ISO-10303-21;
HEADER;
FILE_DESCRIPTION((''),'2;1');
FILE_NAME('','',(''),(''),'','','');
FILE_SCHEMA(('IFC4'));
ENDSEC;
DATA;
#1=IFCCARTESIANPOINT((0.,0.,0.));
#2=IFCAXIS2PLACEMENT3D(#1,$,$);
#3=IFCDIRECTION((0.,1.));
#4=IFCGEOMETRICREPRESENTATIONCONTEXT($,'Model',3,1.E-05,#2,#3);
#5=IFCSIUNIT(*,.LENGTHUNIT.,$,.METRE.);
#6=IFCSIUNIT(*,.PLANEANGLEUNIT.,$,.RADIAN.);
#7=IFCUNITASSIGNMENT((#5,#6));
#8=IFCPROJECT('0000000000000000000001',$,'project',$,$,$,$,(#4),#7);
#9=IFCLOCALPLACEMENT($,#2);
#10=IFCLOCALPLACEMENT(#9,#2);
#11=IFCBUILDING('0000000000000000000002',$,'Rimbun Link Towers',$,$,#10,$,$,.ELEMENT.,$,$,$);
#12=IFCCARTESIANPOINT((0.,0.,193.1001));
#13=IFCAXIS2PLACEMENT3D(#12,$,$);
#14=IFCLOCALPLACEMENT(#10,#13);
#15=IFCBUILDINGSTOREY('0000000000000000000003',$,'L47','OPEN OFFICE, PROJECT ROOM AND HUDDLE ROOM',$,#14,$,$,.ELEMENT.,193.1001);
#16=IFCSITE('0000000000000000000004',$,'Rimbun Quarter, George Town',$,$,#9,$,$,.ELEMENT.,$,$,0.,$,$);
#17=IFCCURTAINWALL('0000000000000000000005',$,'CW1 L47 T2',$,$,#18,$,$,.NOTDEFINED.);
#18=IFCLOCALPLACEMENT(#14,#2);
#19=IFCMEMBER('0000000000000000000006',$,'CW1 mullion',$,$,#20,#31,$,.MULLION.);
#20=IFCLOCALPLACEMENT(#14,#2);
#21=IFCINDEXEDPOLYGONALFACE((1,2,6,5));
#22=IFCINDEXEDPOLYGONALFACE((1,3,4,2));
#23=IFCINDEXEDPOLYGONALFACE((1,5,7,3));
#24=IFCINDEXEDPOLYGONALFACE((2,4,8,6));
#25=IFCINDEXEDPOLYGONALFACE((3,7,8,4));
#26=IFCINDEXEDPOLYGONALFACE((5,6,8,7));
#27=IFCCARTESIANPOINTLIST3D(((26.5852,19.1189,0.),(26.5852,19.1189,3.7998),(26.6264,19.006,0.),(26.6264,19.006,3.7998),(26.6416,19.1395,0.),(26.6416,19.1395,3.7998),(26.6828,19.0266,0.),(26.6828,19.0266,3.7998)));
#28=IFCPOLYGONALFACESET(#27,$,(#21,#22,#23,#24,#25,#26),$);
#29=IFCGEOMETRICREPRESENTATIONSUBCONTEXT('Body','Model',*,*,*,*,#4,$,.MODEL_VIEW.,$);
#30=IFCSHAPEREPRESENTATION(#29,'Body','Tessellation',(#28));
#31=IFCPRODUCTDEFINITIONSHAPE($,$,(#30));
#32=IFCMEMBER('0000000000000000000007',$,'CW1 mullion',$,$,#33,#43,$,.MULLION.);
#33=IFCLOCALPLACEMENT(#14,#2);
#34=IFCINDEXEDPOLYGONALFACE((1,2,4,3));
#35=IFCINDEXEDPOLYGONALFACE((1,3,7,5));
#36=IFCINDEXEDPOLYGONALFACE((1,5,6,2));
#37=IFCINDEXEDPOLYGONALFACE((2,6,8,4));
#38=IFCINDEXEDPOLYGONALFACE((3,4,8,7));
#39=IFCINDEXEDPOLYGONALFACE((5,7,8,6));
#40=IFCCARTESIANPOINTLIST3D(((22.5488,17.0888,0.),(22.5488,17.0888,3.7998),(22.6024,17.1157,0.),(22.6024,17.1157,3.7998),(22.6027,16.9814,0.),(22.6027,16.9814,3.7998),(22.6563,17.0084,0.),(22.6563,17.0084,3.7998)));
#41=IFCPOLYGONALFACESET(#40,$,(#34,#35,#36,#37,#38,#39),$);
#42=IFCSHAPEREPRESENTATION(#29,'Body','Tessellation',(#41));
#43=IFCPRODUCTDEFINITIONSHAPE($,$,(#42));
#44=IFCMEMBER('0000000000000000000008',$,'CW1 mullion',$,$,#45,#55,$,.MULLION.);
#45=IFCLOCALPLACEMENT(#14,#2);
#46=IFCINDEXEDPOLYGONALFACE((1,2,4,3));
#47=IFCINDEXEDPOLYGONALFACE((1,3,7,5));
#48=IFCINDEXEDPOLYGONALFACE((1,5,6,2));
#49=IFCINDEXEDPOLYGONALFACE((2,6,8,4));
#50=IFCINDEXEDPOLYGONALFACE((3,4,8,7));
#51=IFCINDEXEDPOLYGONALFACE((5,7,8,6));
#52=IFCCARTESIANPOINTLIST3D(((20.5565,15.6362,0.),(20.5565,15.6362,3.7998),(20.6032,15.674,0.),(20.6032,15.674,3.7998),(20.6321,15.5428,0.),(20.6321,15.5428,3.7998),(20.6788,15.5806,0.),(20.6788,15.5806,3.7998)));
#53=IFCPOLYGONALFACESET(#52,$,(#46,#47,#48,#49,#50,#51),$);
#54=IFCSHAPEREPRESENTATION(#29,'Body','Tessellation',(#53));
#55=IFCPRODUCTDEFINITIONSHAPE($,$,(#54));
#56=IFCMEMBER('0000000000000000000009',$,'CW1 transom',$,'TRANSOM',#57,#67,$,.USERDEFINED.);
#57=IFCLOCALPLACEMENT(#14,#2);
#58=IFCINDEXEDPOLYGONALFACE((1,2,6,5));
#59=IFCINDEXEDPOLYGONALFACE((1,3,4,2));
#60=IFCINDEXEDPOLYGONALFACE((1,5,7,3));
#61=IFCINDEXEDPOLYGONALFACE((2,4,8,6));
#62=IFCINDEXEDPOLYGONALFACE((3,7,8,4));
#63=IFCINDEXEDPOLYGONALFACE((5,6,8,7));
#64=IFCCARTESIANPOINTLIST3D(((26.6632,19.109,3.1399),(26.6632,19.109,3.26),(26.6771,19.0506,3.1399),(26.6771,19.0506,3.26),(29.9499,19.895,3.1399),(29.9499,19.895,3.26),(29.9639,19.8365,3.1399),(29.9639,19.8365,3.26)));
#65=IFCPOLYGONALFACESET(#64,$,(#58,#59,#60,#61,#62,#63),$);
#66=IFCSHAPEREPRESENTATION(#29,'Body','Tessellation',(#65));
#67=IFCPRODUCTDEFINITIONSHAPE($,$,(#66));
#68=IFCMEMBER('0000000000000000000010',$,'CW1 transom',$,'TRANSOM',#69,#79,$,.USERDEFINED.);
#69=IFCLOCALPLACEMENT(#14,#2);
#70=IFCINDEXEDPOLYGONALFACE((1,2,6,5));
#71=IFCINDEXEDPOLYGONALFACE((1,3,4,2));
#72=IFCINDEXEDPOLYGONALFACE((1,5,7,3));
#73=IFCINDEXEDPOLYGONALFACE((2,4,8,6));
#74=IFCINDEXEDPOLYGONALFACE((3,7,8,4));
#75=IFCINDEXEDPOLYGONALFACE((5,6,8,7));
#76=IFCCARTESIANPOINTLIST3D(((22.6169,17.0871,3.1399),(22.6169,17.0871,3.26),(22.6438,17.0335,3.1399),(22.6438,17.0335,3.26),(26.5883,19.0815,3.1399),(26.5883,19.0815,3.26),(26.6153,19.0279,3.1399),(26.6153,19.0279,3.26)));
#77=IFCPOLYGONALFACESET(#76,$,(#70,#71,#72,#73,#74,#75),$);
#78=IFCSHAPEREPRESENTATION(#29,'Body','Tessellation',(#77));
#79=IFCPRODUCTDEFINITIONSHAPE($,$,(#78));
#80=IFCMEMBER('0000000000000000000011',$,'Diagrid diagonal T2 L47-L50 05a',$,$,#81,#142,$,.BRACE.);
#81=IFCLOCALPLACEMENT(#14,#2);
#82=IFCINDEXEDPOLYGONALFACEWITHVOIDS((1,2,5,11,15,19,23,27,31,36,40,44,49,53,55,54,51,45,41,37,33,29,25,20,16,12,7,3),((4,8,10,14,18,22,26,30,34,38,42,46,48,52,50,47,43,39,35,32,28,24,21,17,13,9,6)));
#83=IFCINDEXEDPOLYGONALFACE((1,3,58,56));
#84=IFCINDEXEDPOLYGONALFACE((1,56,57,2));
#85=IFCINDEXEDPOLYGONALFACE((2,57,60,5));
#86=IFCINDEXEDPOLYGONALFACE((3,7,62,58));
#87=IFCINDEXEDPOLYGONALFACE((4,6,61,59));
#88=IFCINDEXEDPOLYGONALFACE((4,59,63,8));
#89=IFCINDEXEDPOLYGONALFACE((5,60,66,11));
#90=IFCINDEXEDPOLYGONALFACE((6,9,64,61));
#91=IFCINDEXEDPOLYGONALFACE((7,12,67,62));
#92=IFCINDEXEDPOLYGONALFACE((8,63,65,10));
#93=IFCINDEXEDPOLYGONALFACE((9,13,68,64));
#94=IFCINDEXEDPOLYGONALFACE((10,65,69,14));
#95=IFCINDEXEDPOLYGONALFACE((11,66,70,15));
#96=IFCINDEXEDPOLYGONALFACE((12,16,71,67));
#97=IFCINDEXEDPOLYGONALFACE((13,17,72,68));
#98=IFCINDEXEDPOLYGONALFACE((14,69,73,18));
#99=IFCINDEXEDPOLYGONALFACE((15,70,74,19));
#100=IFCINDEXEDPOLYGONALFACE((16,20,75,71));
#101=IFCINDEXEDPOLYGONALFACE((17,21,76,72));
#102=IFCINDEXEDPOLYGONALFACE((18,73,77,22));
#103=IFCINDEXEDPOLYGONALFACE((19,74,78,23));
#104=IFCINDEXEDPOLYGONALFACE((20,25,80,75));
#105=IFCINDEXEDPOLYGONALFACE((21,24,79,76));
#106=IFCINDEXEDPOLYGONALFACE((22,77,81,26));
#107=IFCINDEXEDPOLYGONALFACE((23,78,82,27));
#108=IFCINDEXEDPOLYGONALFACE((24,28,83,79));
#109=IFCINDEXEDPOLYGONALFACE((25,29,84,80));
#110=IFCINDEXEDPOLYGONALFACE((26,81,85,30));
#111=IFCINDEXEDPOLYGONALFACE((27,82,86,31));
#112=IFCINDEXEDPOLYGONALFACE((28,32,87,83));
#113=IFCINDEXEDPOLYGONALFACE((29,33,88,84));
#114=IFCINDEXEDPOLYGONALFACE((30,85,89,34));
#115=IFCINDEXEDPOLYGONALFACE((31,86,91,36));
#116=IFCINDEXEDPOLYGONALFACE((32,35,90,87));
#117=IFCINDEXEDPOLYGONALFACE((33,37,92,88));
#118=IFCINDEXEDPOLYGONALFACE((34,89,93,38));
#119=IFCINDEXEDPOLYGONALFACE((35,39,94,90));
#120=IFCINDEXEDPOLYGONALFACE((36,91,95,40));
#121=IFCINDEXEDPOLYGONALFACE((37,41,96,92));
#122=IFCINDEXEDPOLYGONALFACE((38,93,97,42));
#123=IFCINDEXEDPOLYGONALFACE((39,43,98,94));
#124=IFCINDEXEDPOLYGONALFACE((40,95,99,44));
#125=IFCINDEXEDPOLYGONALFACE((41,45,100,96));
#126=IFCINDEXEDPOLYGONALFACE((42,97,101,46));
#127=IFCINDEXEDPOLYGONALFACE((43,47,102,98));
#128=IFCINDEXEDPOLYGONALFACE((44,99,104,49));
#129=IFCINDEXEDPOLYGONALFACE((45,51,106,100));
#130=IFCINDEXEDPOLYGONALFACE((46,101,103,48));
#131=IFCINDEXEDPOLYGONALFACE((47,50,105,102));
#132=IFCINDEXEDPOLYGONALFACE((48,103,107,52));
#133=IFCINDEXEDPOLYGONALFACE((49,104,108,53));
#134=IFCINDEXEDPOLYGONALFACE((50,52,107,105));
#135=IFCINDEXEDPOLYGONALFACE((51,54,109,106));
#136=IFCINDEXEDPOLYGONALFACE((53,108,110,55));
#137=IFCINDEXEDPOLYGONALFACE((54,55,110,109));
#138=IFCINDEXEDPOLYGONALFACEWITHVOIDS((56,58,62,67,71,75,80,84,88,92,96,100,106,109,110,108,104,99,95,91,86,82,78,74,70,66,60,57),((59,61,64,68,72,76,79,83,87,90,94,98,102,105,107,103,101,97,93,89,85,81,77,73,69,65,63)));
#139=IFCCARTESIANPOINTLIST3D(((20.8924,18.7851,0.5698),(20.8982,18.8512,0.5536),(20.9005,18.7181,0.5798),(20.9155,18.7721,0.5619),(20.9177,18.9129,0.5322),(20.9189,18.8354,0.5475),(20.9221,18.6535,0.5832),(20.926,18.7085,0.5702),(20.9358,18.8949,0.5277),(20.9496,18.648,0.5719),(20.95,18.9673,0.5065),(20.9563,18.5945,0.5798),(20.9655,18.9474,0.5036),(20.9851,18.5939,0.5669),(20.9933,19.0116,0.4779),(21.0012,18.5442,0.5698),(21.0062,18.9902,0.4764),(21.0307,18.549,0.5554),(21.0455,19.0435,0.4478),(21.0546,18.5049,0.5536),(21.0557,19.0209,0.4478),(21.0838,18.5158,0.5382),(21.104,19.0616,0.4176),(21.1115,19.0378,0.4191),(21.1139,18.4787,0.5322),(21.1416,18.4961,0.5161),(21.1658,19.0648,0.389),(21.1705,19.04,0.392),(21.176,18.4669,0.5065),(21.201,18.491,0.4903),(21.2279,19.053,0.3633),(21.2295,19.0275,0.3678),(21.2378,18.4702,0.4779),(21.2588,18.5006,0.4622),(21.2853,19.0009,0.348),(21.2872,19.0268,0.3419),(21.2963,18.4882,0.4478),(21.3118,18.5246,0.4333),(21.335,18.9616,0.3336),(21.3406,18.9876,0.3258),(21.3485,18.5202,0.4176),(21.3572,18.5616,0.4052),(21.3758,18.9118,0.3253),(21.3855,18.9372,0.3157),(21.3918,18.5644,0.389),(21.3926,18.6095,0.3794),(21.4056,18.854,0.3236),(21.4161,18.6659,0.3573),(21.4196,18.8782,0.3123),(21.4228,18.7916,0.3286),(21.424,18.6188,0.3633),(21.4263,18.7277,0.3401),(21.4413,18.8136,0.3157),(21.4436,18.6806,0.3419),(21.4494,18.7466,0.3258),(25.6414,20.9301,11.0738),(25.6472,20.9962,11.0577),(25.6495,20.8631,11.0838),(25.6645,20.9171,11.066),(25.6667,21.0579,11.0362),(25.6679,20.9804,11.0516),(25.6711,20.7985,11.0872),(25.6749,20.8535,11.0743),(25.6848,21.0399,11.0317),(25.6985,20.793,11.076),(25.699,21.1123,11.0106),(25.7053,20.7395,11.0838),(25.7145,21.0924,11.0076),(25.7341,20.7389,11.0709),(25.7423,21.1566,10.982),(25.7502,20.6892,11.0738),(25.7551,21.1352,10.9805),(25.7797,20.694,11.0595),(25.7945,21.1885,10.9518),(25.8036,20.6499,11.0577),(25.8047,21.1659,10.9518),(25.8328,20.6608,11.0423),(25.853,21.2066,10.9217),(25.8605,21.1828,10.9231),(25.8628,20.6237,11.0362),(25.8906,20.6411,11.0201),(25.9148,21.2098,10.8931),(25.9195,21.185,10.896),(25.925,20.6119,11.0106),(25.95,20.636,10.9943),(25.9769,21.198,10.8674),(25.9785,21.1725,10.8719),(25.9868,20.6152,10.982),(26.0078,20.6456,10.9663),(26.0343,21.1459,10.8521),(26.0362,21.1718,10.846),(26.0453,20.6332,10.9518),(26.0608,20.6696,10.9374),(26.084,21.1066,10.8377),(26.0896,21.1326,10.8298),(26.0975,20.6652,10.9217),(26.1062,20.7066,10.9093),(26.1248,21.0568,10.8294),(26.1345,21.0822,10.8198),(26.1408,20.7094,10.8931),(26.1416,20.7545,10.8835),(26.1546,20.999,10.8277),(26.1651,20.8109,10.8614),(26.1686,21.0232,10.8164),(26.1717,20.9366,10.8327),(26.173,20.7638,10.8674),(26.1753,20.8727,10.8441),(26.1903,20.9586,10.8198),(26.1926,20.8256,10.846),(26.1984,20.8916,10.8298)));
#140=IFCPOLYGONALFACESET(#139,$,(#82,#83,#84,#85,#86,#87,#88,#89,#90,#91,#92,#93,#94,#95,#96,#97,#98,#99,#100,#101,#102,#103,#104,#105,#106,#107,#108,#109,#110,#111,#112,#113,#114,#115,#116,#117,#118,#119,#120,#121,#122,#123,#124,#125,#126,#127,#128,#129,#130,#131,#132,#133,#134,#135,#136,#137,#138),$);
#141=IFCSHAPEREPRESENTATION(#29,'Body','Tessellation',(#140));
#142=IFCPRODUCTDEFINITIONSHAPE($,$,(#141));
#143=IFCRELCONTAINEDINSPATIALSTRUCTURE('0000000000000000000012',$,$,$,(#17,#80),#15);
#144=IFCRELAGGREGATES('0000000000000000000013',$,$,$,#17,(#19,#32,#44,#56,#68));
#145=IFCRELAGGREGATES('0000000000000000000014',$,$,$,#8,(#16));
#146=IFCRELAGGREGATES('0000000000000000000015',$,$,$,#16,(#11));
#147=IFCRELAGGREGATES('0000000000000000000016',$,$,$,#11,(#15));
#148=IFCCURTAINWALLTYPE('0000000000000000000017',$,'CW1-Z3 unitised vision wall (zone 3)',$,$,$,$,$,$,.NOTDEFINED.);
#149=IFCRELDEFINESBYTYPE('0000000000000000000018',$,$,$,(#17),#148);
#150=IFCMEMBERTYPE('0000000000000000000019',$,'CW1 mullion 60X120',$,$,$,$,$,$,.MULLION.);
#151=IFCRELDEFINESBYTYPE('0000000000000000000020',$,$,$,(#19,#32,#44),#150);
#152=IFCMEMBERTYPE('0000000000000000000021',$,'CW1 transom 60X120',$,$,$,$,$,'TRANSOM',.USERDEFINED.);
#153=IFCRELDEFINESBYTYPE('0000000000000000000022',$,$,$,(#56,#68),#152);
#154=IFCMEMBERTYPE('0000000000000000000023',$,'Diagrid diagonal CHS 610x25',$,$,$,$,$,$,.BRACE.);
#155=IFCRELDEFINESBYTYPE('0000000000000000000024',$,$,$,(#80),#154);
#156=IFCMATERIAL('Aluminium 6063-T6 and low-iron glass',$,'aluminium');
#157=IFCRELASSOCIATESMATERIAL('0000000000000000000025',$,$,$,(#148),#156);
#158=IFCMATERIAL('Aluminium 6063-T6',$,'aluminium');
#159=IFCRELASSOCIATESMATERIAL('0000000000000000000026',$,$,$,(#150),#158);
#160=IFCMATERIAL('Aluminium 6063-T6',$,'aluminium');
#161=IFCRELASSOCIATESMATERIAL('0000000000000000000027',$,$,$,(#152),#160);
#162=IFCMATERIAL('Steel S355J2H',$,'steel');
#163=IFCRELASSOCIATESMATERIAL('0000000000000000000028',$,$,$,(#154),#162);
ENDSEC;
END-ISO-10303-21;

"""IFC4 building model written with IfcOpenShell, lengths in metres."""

from ifc_helpers import new_model, si_unit, direction, frame, origin, origin_2d, place, context, subcontext, project, spatial, rectangle, hollow_circle, extrude, material, material_profile, profile_set, type_object, element, aggregate, save


model = new_model("IFC4")

# Units and contexts
model_context = context("Model", 3, precision=1e-05, world=origin(), true_north=direction((0.0, 1.0)))
body_context = subcontext(model_context, "Body", "Model", "MODEL_VIEW")
ifc_project = project(units=[si_unit("LENGTHUNIT", "METRE"), si_unit("PLANEANGLEUNIT", "RADIAN")], contexts=[model_context])

# Site, building, storey
site_placement = place(None, origin())
site = spatial("IfcSite", under=ifc_project, at=site_placement, Name="Rimbun Quarter, George Town", CompositionType="ELEMENT", RefElevation=0.0)
building_placement = place(site_placement, origin())
building = spatial("IfcBuilding", under=site, at=building_placement, Name="Rimbun Link Towers", CompositionType="ELEMENT")
storey_placement = place(building_placement, frame((0.0, 0.0, 193.1001)))
storey = spatial("IfcBuildingStorey", under=building, at=storey_placement, Name="L47", Description="OPEN OFFICE, PROJECT ROOM AND HUDDLE ROOM", CompositionType="ELEMENT", Elevation=193.1001)

# Curtain wall, members
ifc_material_1 = material(Name="Aluminium 6063-T6 and low-iron glass", Category="aluminium")
curtain_wall_type = type_object("IfcCurtainWallType", Name="CW1-Z3 unitised vision wall (zone 3)", PredefinedType="NOTDEFINED", material=ifc_material_1)
curtain_wall_placement = place(storey_placement, origin())
curtain_wall = element("IfcCurtainWall", 1, at=curtain_wall_placement, inside=storey, type_object=curtain_wall_type, Name="CW1 L47 T2", PredefinedType="NOTDEFINED")
ifc_material_2 = material(Name="Aluminium 6063-T6", Category="aluminium")
ifc_material_profile_1 = material_profile(ifc_material_2, rectangle(XDim=0.1201, YDim=0.0601, at=origin_2d()), Name="MULLION 60X120")
ifc_profile_set_1 = profile_set([ifc_material_profile_1], Name="Aluminium 6063-T6")
member_type_1 = type_object("IfcMemberType", Name="CW1 mullion 60X120", PredefinedType="MULLION", material=ifc_profile_set_1)
member_1_placement = place(storey_placement, frame((26.634, 19.0728, 0.0), z_axis=(0.0, 0.0, 1.0), x_axis=(-0.342972, 0.939346, 0.0)))
member_1 = element("IfcMember", 2, at=member_1_placement, type_object=member_type_1, Name="CW1 mullion", PredefinedType="MULLION", context=body_context, shape_type="SweptSolid", body=[
    extrude(rectangle(XDim=0.1201, YDim=0.0601, at=origin_2d()), origin(), (0.0, 0.0, 1.0), 3.7998),
])
member_2_placement = place(storey_placement, frame((22.6025, 17.0486, 0.0), z_axis=(0.0, 0.0, 1.0), x_axis=(-0.448772, 0.893646, 0.0)))
member_2 = element("IfcMember", 3, at=member_2_placement, type_object=member_type_1, Name="CW1 mullion", PredefinedType="MULLION", context=body_context, shape_type="SweptSolid", body=[
    extrude(rectangle(XDim=0.1201, YDim=0.0601, at=origin_2d()), origin(), (0.0, 0.0, 1.0), 3.7998),
])
member_3_placement = place(storey_placement, frame((20.6177, 15.6084, 0.0), z_axis=(0.0, 0.0, 1.0), x_axis=(-0.629156, 0.777279, 0.0)))
member_3 = element("IfcMember", 4, at=member_3_placement, type_object=member_type_1, Name="CW1 mullion", PredefinedType="MULLION", context=body_context, shape_type="SweptSolid", body=[
    extrude(rectangle(XDim=0.1201, YDim=0.0601, at=origin_2d()), origin(), (0.0, 0.0, 1.0), 3.7998),
])
ifc_material_3 = material(Name="Aluminium 6063-T6", Category="aluminium")
ifc_material_profile_2 = material_profile(ifc_material_3, rectangle(XDim=0.0601, YDim=0.1201, at=origin_2d()), Name="TRANSOM 60X120")
ifc_profile_set_2 = profile_set([ifc_material_profile_2], Name="Aluminium 6063-T6")
member_type_2 = type_object("IfcMemberType", Name="CW1 transom 60X120", ElementType="TRANSOM", PredefinedType="USERDEFINED", material=ifc_profile_set_2)
member_4_placement = place(storey_placement, frame((26.6702, 19.0798, 3.2), z_axis=(0.972582, 0.232561, 0.0), x_axis=(-0.232561, 0.972582, 0.0)))
member_4 = element("IfcMember", 5, at=member_4_placement, type_object=member_type_2, Name="CW1 transom", ObjectType="TRANSOM", PredefinedType="USERDEFINED", context=body_context, shape_type="SweptSolid", body=[
    extrude(rectangle(XDim=0.0601, YDim=0.1201, at=origin_2d()), origin(), (0.0, 0.0, 1.0), 3.3794),
])
member_5_placement = place(storey_placement, frame((22.6304, 17.0603, 3.2), z_axis=(0.893646, 0.448773, 0.0), x_axis=(-0.448773, 0.893646, 0.0)))
member_5 = element("IfcMember", 6, at=member_5_placement, type_object=member_type_2, Name="CW1 transom", ObjectType="TRANSOM", PredefinedType="USERDEFINED", context=body_context, shape_type="SweptSolid", body=[
    extrude(rectangle(XDim=0.0601, YDim=0.1201, at=origin_2d()), origin(), (0.0, 0.0, 1.0), 4.4441),
])

# Member
ifc_material_4 = material(Name="Steel S355J2H", Category="steel")
ifc_material_profile_3 = material_profile(ifc_material_4, hollow_circle(Radius=0.3047, WallThickness=0.0249, at=origin_2d()), Name="Diagrid diagonal CHS 610x25")
ifc_profile_set_3 = profile_set([ifc_material_profile_3], Name="Steel S355J2H")
member_type_3 = type_object("IfcMemberType", Name="Diagrid diagonal CHS 610x25", PredefinedType="BRACE", material=ifc_profile_set_3)
member_6_placement = place(storey_placement, frame((21.1709, 18.7659, 0.4478), z_axis=(0.405011, 0.182934, 0.895825), x_axis=(-0.411634, 0.911349, 0.0)))
element("IfcMember", 7, at=member_6_placement, inside=storey, type_object=member_type_3, Name="Diagrid diagonal T2 L47-L50 05a", PredefinedType="BRACE", context=body_context, shape_type="SweptSolid", body=[
    extrude(hollow_circle(Radius=0.3047, WallThickness=0.0249, at=origin_2d()), origin(), (0.0, 0.0, 1.0), 11.7256),
])

aggregate(curtain_wall, [member_1, member_2, member_3, member_4, member_5])

save(model, "model.ifc")
